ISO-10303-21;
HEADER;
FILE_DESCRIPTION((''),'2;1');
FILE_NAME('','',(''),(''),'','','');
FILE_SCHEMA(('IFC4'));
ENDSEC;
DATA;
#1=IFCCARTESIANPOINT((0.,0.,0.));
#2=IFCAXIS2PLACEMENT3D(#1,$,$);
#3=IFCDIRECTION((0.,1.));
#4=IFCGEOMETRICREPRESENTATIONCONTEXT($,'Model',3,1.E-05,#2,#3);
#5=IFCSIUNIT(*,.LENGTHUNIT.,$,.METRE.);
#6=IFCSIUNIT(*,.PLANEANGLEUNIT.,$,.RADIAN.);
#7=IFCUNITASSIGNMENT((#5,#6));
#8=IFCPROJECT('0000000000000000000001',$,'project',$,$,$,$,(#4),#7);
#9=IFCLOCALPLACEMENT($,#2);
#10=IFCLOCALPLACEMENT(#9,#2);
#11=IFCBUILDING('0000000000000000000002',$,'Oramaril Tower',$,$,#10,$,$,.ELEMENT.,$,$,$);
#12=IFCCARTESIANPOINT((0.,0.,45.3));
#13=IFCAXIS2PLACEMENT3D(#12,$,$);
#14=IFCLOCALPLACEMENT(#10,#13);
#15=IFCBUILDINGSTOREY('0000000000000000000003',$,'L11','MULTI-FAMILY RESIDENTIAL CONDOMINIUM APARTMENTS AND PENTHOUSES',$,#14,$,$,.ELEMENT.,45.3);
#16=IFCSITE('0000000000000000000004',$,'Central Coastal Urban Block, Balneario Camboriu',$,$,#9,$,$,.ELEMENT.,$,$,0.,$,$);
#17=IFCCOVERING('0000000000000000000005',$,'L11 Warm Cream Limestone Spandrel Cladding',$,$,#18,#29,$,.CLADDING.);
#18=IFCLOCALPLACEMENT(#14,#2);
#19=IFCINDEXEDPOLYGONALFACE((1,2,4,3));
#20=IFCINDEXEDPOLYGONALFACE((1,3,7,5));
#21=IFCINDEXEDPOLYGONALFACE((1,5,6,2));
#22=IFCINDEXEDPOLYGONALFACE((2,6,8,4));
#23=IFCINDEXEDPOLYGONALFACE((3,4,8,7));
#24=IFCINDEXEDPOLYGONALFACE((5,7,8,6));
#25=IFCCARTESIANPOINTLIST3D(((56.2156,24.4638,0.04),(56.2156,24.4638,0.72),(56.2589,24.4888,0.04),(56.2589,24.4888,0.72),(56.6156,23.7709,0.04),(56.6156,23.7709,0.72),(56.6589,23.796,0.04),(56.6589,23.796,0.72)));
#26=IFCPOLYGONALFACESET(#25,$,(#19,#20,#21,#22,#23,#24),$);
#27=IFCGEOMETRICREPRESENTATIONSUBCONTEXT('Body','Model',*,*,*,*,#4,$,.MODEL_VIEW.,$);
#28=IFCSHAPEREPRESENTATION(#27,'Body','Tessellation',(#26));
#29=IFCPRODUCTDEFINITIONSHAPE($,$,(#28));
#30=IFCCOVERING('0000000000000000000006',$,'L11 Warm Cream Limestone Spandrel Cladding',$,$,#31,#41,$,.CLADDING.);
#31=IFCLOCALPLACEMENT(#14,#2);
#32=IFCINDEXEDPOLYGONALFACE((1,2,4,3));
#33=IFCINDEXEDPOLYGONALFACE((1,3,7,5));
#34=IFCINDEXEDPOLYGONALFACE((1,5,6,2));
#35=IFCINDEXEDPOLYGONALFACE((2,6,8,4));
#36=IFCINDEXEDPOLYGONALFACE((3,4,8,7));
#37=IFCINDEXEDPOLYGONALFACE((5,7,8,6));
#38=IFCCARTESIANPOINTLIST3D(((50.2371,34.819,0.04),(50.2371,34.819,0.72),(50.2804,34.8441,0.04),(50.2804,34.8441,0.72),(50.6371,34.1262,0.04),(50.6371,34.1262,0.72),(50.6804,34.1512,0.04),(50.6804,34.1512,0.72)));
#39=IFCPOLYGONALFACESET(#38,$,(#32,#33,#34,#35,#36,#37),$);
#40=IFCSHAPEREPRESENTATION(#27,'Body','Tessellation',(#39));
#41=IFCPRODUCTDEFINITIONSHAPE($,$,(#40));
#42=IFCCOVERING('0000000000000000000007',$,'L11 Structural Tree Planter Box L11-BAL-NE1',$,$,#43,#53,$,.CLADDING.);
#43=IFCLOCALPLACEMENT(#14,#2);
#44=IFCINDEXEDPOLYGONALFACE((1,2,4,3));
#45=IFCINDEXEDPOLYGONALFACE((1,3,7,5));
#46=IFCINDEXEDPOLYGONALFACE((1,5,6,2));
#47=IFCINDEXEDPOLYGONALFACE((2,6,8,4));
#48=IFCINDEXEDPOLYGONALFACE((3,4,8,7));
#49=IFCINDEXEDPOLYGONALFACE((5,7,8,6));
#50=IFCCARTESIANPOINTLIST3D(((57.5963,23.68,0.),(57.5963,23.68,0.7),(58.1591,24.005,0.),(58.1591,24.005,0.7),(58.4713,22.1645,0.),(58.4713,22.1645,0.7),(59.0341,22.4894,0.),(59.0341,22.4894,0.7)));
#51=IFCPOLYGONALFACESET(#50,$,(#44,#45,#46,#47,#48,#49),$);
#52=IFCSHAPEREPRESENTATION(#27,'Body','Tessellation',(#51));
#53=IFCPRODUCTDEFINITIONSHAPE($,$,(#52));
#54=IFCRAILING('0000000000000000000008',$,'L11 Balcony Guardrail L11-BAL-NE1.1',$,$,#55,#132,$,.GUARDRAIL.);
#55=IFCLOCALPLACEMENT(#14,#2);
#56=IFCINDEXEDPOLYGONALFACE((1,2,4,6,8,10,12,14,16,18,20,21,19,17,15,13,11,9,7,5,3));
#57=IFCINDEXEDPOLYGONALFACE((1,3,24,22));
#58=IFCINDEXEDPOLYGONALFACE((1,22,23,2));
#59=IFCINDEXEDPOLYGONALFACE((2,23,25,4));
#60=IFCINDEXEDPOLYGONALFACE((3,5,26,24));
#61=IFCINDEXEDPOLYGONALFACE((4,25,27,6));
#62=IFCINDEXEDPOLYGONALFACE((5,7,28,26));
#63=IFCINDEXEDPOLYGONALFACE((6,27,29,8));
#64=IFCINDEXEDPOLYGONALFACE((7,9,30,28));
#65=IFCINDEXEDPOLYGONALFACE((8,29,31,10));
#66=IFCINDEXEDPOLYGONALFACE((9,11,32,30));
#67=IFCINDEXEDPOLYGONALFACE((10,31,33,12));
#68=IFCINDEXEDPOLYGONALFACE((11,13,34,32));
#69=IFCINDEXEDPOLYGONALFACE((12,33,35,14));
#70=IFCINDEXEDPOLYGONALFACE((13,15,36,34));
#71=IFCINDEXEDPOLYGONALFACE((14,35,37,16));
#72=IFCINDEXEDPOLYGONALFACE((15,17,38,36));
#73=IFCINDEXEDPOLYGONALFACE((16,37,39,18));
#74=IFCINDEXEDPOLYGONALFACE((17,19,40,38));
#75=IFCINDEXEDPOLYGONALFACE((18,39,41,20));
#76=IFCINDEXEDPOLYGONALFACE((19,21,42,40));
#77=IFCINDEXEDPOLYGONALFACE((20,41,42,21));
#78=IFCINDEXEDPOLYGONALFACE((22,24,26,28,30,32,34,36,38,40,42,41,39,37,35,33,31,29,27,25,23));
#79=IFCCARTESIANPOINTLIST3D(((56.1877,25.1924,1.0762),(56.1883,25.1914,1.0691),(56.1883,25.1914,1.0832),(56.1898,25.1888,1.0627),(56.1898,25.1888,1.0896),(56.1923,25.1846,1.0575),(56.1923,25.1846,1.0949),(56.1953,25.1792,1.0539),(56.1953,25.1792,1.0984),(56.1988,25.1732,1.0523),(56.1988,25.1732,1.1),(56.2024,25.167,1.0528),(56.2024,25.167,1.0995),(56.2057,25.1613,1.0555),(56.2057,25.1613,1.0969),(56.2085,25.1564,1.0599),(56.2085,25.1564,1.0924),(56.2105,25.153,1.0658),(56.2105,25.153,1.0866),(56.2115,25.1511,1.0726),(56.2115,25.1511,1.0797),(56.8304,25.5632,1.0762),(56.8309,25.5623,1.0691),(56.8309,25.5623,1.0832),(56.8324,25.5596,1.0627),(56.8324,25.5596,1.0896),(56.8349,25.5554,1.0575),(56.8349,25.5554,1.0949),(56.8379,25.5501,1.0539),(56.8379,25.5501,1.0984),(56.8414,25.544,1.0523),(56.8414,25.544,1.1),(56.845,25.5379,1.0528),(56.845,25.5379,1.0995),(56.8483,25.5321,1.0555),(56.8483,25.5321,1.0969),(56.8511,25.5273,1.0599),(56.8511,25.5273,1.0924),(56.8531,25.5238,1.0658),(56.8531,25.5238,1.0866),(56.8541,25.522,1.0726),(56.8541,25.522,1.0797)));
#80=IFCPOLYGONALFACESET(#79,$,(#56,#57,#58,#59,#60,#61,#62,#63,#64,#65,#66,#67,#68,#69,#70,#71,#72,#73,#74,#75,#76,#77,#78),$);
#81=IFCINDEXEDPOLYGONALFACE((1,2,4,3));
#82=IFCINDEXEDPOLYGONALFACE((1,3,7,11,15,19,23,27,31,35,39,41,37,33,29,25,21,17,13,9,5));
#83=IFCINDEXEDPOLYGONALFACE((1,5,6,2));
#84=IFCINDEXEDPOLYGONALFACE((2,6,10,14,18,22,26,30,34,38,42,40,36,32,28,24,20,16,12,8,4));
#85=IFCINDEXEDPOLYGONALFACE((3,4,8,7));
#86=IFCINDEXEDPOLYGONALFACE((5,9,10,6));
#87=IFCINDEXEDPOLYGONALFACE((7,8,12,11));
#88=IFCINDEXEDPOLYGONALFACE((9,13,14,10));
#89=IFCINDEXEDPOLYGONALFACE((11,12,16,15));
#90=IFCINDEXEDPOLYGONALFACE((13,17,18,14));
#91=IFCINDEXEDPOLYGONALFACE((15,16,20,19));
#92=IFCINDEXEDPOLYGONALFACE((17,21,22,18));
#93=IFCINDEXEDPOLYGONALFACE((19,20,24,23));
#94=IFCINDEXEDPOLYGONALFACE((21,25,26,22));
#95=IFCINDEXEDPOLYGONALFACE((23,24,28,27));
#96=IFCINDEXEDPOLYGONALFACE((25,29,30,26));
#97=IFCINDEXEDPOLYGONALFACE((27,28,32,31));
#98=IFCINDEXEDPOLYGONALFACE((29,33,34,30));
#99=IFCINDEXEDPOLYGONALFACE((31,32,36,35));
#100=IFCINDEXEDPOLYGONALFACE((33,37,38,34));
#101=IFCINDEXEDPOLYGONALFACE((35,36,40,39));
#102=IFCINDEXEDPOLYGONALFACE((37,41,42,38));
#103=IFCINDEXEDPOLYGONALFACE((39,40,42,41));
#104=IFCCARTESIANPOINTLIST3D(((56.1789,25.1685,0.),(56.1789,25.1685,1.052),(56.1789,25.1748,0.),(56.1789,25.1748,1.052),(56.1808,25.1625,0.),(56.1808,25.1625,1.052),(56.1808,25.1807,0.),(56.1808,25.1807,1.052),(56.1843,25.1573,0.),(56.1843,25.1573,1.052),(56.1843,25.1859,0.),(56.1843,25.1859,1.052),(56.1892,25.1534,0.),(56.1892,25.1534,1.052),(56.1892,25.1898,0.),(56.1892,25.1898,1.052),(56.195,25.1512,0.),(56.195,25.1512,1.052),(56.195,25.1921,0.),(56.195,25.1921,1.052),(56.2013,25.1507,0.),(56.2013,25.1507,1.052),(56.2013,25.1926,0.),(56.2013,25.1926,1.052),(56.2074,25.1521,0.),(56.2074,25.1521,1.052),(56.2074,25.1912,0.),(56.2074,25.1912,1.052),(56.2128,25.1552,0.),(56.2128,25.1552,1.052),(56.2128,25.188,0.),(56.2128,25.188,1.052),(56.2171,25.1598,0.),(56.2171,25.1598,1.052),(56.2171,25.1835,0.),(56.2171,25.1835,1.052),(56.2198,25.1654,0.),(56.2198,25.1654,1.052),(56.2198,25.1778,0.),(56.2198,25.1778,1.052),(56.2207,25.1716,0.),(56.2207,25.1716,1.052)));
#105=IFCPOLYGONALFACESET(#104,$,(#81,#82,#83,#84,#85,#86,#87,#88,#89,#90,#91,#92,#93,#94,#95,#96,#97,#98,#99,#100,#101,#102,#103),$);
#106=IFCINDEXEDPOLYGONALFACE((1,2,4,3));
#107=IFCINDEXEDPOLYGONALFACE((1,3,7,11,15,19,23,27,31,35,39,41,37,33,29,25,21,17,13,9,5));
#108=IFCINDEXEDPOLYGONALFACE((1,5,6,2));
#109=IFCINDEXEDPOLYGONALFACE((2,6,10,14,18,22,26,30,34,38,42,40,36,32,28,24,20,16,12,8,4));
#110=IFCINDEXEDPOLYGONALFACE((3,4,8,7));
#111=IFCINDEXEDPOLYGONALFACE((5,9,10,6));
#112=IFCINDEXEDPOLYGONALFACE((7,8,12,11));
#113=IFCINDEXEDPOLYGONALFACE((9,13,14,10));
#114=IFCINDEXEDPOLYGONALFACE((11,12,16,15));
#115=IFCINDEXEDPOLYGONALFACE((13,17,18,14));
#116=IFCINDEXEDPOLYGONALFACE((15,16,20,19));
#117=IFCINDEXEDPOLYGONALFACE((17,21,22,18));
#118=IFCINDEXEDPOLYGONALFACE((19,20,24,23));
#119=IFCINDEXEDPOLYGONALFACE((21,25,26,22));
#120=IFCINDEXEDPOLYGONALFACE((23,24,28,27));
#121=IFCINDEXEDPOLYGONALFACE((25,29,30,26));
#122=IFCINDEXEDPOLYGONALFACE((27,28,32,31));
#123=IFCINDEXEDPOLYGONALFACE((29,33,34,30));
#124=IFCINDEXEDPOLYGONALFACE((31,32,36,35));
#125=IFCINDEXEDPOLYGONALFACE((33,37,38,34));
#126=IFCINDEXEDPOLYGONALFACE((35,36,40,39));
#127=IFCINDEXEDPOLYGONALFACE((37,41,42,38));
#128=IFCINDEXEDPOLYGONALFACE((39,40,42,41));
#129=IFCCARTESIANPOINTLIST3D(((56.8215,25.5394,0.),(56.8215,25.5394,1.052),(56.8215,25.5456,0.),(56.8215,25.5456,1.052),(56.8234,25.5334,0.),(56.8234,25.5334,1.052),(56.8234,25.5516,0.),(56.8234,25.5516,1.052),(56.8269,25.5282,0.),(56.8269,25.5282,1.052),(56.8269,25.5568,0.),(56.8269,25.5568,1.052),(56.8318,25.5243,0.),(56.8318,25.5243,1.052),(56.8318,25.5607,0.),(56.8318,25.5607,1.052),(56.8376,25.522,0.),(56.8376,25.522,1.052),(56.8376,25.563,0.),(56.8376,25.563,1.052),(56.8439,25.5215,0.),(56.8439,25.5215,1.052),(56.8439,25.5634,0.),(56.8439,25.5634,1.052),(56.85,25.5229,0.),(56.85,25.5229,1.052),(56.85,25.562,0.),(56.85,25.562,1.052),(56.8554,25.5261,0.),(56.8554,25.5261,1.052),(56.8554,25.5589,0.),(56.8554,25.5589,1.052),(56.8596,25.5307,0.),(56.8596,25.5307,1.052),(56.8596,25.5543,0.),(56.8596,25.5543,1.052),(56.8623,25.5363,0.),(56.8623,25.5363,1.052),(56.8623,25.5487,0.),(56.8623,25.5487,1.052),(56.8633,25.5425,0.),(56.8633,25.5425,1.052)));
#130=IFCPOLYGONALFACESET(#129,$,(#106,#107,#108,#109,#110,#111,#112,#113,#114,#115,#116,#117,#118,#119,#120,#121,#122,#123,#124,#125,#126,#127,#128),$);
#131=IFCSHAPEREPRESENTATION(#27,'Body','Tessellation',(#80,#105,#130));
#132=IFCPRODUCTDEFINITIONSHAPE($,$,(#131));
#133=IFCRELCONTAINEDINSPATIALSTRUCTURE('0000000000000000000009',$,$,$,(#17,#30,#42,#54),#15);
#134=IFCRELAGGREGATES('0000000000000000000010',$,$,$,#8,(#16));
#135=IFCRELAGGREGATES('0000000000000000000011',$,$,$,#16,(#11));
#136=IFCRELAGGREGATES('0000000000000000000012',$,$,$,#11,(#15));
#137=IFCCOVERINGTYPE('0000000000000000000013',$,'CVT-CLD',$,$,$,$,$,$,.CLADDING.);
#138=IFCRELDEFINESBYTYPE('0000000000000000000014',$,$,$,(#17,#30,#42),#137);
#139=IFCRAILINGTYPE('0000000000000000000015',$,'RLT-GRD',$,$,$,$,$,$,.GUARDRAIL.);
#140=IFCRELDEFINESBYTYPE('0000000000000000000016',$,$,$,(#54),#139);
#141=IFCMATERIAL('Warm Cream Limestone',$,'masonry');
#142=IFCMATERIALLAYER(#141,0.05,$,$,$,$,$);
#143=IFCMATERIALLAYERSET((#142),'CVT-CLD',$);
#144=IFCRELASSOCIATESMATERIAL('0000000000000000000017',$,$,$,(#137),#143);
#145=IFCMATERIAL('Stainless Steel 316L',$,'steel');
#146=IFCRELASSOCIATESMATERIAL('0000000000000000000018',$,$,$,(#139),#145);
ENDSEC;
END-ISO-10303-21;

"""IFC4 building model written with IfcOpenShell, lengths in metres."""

from ifc_helpers import new_model, si_unit, direction, frame, origin, origin_2d, place, context, subcontext, project, spatial, rectangle, circle, extrude, material, layer, layer_set, type_object, element, save


model = new_model("IFC4")

# Units and contexts
model_context = context("Model", 3, precision=1e-05, world=origin(), true_north=direction((0.0, 1.0)))
body_context = subcontext(model_context, "Body", "Model", "MODEL_VIEW")
ifc_project = project(units=[si_unit("LENGTHUNIT", "METRE"), si_unit("PLANEANGLEUNIT", "RADIAN")], contexts=[model_context])

# Site, building, storey
site_placement = place(None, origin())
site = spatial("IfcSite", under=ifc_project, at=site_placement, Name="Central Coastal Urban Block, Balneario Camboriu", CompositionType="ELEMENT", RefElevation=0.0)
building_placement = place(site_placement, origin())
building = spatial("IfcBuilding", under=site, at=building_placement, Name="Oramaril Tower", CompositionType="ELEMENT")
storey_placement = place(building_placement, frame((0.0, 0.0, 45.3)))
storey = spatial("IfcBuildingStorey", under=building, at=storey_placement, Name="L11", Description="MULTI-FAMILY RESIDENTIAL CONDOMINIUM APARTMENTS AND PENTHOUSES", CompositionType="ELEMENT", Elevation=45.3)

# Coverings
ifc_material_1 = material(Name="Warm Cream Limestone", Category="masonry")
ifc_layer_1 = layer(ifc_material_1, 0.05)
ifc_layer_set_1 = layer_set([ifc_layer_1], Name="CVT-CLD")
covering_type = type_object("IfcCoveringType", Name="CVT-CLD", PredefinedType="CLADDING", material=ifc_layer_set_1)
for number, where, z_axis, x_axis, name in (
    (1, (56.4373, 24.1299, 0.04), (0.0, 0.0, 1.0), (-0.500002, 0.866025, 0.0), "L11 Warm Cream Limestone Spandrel Cladding"),
    (2, (50.4587, 34.4851, 0.04), (0.0, 0.0, 1.0), (-0.500002, 0.866025, 0.0), "L11 Warm Cream Limestone Spandrel Cladding"),
):
    element("IfcCovering", number, at=place(storey_placement, frame(where, z_axis=z_axis, x_axis=x_axis)), inside=storey, type_object=covering_type, Name=name, PredefinedType="CLADDING", context=body_context, shape_type="SweptSolid", body=[
        extrude(rectangle(XDim=0.8, YDim=0.05, at=origin_2d()), origin(), (0.0, 0.0, 1.0), 0.6799),
    ])
covering_placement = place(storey_placement, frame((58.3152, 23.0847, 0.0), z_axis=(0.0, 0.0, 1.0), x_axis=(-0.500002, 0.866025, 0.0)))
element("IfcCovering", 3, at=covering_placement, inside=storey, type_object=covering_type, Name="L11 Structural Tree Planter Box L11-BAL-NE1", PredefinedType="CLADDING", context=body_context, shape_type="SweptSolid", body=[
    extrude(rectangle(XDim=1.75, YDim=0.6499, at=origin_2d()), origin(), (0.0, 0.0, 1.0), 0.7),
])

# Railing
ifc_material_2 = material(Name="Stainless Steel 316L", Category="steel")
railing_type = type_object("IfcRailingType", Name="RLT-GRD", PredefinedType="GUARDRAIL", material=ifc_material_2)
railing_1_placement = place(storey_placement, frame((56.1997, 25.1716, 0.0)))
element("IfcRailing", 4, at=railing_1_placement, inside=storey, type_object=railing_type, Name="L11 Balcony Guardrail L11-BAL-NE1.1", PredefinedType="GUARDRAIL", context=body_context, shape_type="SweptSolid", body=[
    extrude(circle(Radius=0.0239, at=origin_2d()), frame((0.0, 0.0, 1.0762), z_axis=(0.866109, 0.499855, 0.0), x_axis=(-0.499855, 0.866109, 0.0)), (0.0, 0.0, 1.0), 0.7419),
    extrude(circle(Radius=0.021, at=origin_2d()), origin(), (0.0, 0.0, 1.0), 1.052),
    extrude(circle(Radius=0.021, at=origin_2d()), frame((0.6426, 0.3708, 0.0)), (0.0, 0.0, 1.0), 1.052),
])

save(model, "model.ifc")
